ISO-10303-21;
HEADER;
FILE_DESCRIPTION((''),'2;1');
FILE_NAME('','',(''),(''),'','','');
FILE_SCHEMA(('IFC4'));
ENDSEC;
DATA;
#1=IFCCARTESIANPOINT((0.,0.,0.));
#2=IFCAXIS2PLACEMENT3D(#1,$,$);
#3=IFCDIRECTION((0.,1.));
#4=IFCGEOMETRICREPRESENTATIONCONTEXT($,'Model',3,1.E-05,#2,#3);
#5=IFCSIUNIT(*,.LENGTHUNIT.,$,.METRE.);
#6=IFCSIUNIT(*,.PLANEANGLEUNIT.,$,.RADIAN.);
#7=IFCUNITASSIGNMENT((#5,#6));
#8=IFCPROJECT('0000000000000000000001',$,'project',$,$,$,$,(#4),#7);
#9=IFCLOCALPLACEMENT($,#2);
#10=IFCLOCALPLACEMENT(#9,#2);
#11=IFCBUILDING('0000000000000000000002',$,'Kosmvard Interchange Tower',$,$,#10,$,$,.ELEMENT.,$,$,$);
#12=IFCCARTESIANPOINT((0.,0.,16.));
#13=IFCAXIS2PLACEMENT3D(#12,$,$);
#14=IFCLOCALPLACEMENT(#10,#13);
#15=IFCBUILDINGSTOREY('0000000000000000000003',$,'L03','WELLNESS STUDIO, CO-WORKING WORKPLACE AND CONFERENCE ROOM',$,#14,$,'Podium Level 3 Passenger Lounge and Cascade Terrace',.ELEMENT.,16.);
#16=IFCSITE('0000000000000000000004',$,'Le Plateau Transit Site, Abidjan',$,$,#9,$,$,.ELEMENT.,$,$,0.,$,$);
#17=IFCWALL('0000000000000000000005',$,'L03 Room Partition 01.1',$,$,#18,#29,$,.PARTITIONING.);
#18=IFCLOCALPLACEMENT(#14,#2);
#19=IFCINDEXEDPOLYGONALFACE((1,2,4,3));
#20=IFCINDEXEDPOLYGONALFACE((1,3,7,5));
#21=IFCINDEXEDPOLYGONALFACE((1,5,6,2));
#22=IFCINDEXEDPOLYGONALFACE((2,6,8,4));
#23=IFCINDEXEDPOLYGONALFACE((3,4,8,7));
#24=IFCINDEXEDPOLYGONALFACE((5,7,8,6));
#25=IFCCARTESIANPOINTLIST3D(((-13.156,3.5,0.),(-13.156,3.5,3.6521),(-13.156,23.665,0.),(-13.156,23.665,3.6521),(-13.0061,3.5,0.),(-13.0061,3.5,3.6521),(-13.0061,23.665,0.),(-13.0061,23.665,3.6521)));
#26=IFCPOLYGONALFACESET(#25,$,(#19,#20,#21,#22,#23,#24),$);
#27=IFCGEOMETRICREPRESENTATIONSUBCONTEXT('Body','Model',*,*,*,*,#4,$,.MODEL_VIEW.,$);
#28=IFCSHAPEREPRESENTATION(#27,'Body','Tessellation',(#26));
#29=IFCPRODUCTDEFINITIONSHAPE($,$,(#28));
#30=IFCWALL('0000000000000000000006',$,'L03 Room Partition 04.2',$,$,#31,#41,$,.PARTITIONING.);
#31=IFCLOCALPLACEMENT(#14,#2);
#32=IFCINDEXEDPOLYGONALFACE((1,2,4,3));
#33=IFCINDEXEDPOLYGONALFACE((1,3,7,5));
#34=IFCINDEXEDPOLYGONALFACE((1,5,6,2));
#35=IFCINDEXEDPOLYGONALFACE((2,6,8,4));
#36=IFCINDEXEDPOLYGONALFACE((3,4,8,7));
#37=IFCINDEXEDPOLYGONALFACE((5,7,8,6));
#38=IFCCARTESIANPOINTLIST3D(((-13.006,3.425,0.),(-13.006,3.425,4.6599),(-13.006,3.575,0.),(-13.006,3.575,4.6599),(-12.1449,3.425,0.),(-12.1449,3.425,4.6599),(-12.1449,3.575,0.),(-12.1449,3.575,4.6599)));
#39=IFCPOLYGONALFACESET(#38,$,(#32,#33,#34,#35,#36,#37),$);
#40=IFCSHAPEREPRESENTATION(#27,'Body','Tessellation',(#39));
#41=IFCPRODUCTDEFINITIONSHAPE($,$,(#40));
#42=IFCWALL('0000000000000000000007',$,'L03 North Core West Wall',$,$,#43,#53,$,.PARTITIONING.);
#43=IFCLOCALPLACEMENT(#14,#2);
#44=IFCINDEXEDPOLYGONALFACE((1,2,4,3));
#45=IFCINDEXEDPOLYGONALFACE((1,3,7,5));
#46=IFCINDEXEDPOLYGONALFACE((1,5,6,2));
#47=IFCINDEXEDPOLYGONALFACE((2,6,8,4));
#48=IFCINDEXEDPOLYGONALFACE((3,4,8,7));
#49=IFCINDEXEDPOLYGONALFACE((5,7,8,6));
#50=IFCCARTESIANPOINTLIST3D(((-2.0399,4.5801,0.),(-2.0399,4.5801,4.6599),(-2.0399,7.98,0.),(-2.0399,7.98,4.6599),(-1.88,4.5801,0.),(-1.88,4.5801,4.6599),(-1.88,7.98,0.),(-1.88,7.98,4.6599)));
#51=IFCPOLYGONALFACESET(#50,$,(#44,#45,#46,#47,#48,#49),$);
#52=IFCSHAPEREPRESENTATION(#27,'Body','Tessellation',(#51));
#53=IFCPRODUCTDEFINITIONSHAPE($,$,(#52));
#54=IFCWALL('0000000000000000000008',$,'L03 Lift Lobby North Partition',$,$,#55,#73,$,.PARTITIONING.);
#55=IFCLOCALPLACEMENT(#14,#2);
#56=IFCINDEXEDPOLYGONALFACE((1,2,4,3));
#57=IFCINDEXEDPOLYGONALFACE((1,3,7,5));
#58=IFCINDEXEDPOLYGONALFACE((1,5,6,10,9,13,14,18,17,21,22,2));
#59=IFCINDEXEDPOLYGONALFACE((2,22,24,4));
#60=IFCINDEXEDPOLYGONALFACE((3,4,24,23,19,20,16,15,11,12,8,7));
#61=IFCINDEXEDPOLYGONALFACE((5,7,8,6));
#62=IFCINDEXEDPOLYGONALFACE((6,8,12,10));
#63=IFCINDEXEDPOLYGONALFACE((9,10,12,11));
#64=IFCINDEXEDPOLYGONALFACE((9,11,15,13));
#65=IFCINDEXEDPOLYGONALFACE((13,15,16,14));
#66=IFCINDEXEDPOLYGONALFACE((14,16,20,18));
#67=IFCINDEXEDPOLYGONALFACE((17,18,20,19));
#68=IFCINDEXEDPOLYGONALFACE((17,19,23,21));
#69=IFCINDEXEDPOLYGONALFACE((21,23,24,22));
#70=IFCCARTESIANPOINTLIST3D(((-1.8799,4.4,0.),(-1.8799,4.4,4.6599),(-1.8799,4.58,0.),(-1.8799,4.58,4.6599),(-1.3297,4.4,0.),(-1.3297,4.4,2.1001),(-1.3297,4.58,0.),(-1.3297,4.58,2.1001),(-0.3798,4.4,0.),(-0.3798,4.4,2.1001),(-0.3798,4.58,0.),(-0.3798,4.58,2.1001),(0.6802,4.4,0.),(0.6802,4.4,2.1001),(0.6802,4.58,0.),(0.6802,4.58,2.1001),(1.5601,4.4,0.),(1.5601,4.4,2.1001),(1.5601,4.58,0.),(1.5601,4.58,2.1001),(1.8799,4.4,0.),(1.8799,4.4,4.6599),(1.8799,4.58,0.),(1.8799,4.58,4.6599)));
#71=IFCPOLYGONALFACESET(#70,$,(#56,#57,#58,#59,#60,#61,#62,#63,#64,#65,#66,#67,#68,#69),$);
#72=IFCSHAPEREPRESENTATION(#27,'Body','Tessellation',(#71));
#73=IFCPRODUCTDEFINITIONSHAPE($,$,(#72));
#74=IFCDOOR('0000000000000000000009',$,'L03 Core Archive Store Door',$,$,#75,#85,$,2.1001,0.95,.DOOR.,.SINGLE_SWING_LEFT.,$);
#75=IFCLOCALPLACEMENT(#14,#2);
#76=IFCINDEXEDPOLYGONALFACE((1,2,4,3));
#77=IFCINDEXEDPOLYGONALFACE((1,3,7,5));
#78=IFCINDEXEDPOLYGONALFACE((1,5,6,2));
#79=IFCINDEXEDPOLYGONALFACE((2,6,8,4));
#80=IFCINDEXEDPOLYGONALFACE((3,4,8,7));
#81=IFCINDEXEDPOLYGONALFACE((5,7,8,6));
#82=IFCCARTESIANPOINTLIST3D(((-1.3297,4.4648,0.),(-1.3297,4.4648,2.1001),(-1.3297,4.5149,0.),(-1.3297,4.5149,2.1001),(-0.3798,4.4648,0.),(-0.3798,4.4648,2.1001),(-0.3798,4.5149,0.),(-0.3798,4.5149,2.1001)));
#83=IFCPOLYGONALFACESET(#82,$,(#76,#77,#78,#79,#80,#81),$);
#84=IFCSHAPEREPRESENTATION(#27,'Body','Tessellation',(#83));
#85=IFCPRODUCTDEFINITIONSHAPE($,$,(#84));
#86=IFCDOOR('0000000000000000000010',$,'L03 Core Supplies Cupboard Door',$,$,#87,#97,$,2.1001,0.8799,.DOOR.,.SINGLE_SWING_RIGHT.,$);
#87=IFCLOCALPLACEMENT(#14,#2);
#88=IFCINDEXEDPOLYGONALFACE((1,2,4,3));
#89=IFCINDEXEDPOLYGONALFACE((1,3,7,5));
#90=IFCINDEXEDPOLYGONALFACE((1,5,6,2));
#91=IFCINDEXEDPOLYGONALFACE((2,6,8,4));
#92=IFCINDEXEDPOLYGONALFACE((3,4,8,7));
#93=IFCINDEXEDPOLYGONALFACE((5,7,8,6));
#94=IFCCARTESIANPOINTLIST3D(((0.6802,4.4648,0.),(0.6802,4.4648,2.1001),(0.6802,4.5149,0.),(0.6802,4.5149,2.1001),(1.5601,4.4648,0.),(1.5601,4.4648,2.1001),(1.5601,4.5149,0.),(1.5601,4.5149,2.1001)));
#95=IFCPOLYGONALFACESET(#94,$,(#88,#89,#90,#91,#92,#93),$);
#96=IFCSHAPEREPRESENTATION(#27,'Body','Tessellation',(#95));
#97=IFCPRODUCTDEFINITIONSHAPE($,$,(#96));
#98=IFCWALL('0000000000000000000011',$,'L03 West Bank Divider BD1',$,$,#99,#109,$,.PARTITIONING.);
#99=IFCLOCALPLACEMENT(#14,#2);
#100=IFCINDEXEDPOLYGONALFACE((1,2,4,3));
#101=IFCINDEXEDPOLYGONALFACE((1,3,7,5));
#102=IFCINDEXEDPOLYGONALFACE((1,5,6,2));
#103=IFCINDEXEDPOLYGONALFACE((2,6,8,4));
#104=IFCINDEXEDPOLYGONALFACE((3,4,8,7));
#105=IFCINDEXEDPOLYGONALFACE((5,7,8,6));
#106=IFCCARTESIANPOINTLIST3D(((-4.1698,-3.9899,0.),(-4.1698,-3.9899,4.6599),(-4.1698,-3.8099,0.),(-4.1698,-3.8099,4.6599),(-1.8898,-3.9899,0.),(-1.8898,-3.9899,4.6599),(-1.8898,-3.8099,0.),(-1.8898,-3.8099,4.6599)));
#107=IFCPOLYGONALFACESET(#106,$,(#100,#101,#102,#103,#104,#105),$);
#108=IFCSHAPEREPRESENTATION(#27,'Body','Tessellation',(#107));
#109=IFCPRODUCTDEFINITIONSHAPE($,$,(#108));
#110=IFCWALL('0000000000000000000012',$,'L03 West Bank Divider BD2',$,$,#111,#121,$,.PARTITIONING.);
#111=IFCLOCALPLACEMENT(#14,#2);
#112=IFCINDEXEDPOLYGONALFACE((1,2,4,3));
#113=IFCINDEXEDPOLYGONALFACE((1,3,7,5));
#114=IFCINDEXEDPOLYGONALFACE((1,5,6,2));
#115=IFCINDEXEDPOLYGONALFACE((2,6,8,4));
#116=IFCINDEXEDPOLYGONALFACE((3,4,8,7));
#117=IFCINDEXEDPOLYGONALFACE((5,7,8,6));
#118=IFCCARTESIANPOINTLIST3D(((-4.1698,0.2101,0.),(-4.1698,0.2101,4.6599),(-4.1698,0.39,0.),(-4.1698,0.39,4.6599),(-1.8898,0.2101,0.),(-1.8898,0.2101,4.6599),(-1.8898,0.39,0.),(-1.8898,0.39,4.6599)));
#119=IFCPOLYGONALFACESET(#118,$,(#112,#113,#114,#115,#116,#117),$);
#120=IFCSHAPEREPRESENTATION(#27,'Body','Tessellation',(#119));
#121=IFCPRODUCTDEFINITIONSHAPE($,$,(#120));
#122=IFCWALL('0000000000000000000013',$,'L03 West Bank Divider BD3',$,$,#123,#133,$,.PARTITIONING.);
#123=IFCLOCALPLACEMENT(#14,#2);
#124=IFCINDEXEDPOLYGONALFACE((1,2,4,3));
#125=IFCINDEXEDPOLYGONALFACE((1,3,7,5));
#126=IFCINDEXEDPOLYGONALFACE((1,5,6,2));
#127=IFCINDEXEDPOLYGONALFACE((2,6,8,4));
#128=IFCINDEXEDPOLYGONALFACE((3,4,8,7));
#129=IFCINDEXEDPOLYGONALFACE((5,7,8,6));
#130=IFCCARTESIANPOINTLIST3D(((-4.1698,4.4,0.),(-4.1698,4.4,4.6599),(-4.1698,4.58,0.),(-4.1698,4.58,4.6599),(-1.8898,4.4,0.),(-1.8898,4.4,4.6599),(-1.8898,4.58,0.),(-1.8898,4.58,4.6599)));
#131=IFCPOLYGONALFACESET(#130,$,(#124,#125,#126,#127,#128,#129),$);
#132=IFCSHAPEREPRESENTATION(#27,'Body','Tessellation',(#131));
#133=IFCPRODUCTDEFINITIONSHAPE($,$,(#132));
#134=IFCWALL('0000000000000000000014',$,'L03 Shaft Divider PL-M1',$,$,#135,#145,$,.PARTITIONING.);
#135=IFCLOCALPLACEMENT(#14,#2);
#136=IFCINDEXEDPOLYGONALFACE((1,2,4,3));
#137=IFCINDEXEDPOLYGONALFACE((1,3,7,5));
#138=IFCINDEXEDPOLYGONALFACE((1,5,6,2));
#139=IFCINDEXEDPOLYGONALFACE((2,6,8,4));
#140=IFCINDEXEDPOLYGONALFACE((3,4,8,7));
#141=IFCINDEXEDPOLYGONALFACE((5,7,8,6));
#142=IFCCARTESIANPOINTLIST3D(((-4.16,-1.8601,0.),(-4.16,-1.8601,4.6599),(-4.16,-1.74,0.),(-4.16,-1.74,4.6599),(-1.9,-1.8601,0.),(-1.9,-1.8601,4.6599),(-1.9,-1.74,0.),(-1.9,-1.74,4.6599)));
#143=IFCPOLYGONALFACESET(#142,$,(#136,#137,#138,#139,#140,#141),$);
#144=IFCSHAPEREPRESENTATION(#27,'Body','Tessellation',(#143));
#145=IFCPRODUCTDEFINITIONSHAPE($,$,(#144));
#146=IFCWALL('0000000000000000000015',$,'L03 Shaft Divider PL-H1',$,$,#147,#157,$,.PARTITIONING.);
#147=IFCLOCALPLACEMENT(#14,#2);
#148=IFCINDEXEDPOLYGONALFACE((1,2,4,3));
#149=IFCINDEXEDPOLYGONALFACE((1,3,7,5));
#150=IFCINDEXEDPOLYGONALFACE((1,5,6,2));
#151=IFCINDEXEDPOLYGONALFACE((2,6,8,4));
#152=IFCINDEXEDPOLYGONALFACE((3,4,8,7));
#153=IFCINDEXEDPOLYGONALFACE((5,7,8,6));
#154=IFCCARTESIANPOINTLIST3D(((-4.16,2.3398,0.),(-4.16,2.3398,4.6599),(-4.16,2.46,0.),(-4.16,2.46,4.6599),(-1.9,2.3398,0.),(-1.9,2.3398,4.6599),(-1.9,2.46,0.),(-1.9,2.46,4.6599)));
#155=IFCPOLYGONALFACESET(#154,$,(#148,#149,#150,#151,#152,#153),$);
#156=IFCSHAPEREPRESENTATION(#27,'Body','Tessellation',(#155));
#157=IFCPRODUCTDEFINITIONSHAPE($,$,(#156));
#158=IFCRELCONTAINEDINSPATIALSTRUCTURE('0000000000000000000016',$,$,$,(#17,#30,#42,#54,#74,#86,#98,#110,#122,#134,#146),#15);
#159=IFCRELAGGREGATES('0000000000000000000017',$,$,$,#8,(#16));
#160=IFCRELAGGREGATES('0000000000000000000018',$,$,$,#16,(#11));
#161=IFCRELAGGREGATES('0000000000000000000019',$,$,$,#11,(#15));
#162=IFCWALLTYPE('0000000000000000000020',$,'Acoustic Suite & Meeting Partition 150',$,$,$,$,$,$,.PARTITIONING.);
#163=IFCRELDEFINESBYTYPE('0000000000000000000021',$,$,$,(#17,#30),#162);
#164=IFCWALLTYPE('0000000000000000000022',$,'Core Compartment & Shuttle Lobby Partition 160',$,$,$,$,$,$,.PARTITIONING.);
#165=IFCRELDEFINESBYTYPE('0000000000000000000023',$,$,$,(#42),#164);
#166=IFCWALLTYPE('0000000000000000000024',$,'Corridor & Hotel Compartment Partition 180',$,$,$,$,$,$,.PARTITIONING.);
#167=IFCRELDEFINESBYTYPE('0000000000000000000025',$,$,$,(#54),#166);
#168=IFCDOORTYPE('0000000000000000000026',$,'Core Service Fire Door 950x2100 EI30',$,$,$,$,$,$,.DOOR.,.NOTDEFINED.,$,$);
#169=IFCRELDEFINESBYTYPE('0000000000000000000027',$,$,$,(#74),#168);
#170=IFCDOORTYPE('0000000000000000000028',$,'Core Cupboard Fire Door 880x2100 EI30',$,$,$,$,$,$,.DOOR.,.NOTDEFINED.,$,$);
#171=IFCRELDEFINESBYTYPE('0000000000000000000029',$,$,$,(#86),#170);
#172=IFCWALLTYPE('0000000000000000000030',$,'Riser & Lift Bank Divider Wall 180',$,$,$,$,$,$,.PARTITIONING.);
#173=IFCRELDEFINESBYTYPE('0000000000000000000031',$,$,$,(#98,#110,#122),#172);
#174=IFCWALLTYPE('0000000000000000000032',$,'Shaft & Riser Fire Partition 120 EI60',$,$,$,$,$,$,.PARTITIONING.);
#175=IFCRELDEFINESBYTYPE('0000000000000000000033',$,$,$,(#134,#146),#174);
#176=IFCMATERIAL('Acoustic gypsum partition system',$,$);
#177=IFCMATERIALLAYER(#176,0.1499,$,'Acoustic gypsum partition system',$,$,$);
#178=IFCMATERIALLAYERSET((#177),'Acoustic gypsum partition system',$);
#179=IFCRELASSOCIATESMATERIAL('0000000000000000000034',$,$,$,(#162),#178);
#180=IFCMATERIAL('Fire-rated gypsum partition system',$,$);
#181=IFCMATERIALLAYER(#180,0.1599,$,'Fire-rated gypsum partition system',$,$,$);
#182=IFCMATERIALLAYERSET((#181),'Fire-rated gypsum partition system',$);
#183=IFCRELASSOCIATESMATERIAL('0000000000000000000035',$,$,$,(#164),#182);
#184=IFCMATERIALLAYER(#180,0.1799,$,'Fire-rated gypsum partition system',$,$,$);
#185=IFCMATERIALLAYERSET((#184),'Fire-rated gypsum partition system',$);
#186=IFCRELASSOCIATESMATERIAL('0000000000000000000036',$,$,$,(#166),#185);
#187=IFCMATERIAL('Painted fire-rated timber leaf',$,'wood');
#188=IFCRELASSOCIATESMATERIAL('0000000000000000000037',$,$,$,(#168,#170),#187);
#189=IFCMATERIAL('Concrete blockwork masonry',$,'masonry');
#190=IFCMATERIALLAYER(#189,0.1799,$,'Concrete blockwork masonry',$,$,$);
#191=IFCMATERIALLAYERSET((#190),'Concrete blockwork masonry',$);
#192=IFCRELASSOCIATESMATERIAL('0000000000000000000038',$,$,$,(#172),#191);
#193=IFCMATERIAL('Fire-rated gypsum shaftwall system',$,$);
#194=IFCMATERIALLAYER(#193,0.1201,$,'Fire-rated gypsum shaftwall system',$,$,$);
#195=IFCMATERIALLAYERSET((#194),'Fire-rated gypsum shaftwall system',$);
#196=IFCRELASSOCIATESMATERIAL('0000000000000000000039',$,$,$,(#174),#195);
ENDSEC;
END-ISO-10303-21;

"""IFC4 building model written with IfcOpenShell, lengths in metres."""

from ifc_helpers import new_model, si_unit, direction, frame, frame_2d, origin, place, context, subcontext, project, spatial, rectangle, extrude, source, transform, mapped, material, layer, layer_set, type_object, element, fill, save


model = new_model("IFC4")

# Units and contexts
model_context = context("Model", 3, precision=1e-05, world=origin(), true_north=direction((0.0, 1.0)))
body_context = subcontext(model_context, "Body", "Model", "MODEL_VIEW")
ifc_project = project(units=[si_unit("LENGTHUNIT", "METRE"), si_unit("PLANEANGLEUNIT", "RADIAN")], contexts=[model_context])

# Site, building, storey
site_placement = place(None, origin())
site = spatial("IfcSite", under=ifc_project, at=site_placement, Name="Le Plateau Transit Site, Abidjan", CompositionType="ELEMENT", RefElevation=0.0)
building_placement = place(site_placement, origin())
building = spatial("IfcBuilding", under=site, at=building_placement, Name="Kosmvard Interchange Tower", CompositionType="ELEMENT")
storey_placement = place(building_placement, frame((0.0, 0.0, 16.0)))
storey = spatial("IfcBuildingStorey", under=building, at=storey_placement, Name="L03", Description="WELLNESS STUDIO, CO-WORKING WORKPLACE AND CONFERENCE ROOM", LongName="Podium Level 3 Passenger Lounge and Cascade Terrace", CompositionType="ELEMENT", Elevation=16.0)

# Walls
ifc_material_1 = material(Name="Acoustic gypsum partition system")
ifc_layer_1 = layer(ifc_material_1, 0.1499, Name="Acoustic gypsum partition system")
ifc_layer_set_1 = layer_set([ifc_layer_1], Name="Acoustic gypsum partition system")
wall_type_1 = type_object("IfcWallType", Name="Acoustic Suite & Meeting Partition 150", PredefinedType="PARTITIONING", material=ifc_layer_set_1)
wall_1_placement = place(storey_placement, frame((-13.0811, 3.5, 0.0), z_axis=(0.0, 0.0, 1.0), x_axis=(0.0, 1.0, 0.0)))
element("IfcWall", 1, at=wall_1_placement, inside=storey, type_object=wall_type_1, Name="L03 Room Partition 01.1", PredefinedType="PARTITIONING", context=body_context, shape_type="SweptSolid", body=[
    extrude(rectangle(XDim=20.165, YDim=0.1499, at=frame_2d((10.0825, 0.0))), origin(), (0.0, 0.0, 1.0), 3.6521),
])
wall_2_placement = place(storey_placement, frame((-13.0061, 3.5, 0.0), z_axis=(0.0, 0.0, 1.0), x_axis=(1.0, 0.0, 0.0)))
element("IfcWall", 2, at=wall_2_placement, inside=storey, type_object=wall_type_1, Name="L03 Room Partition 04.2", PredefinedType="PARTITIONING", context=body_context, shape_type="SweptSolid", body=[
    extrude(rectangle(XDim=0.8611, YDim=0.1499, at=frame_2d((0.4307, 0.0))), origin(), (0.0, 0.0, 1.0), 4.6599),
])
ifc_material_2 = material(Name="Fire-rated gypsum partition system")
ifc_layer_2 = layer(ifc_material_2, 0.1599, Name="Fire-rated gypsum partition system")
ifc_layer_set_2 = layer_set([ifc_layer_2], Name="Fire-rated gypsum partition system")
wall_type_2 = type_object("IfcWallType", Name="Core Compartment & Shuttle Lobby Partition 160", PredefinedType="PARTITIONING", material=ifc_layer_set_2)
wall_3_placement = place(storey_placement, frame((-1.96, 4.5801, 0.0), z_axis=(0.0, 0.0, 1.0), x_axis=(0.0, 1.0, 0.0)))
element("IfcWall", 3, at=wall_3_placement, inside=storey, type_object=wall_type_2, Name="L03 North Core West Wall", PredefinedType="PARTITIONING", context=body_context, shape_type="SweptSolid", body=[
    extrude(rectangle(XDim=3.3999, YDim=0.1599, at=frame_2d((1.7, 0.0))), origin(), (0.0, 0.0, 1.0), 4.6599),
])

# Wall, openings, doors
ifc_layer_3 = layer(ifc_material_2, 0.1799, Name="Fire-rated gypsum partition system")
ifc_layer_set_3 = layer_set([ifc_layer_3], Name="Fire-rated gypsum partition system")
wall_type_3 = type_object("IfcWallType", Name="Corridor & Hotel Compartment Partition 180", PredefinedType="PARTITIONING", material=ifc_layer_set_3)
wall_4_placement = place(storey_placement, frame((-1.8799, 4.49, 0.0), z_axis=(0.0, 0.0, 1.0), x_axis=(1.0, 0.0, 0.0)))
wall_4 = element("IfcWall", 4, at=wall_4_placement, inside=storey, type_object=wall_type_3, Name="L03 Lift Lobby North Partition", PredefinedType="PARTITIONING", context=body_context, shape_type="SweptSolid", body=[
    extrude(rectangle(XDim=3.7598, YDim=0.1799, at=frame_2d((1.8799, 0.0))), origin(), (0.0, 0.0, 1.0), 4.6599),
])
opening_1_placement = place(wall_4_placement, frame((0.55, 0.0, 0.0)))
opening_1 = element("IfcOpeningElement", 5, at=opening_1_placement, cuts=wall_4, PredefinedType="OPENING", context=body_context, shape_type="SweptSolid", body=[
    extrude(rectangle(XDim=0.95, YDim=2.1001, at=frame_2d((0.4751, 1.05))), frame((0.0, 0.1001, 0.0), z_axis=(0.0, -1.0, 0.0), x_axis=(1.0, 0.0, 0.0)), (0.0, 0.0, 1.0), 0.2),
])
opening_2_placement = place(wall_4_placement, frame((2.5601, 0.0, 0.0)))
opening_2 = element("IfcOpeningElement", 6, at=opening_2_placement, cuts=wall_4, PredefinedType="OPENING", context=body_context, shape_type="SweptSolid", body=[
    extrude(rectangle(XDim=0.8799, YDim=2.1001, at=frame_2d((0.4399, 1.05))), frame((0.0, 0.1001, 0.0), z_axis=(0.0, -1.0, 0.0), x_axis=(1.0, 0.0, 0.0)), (0.0, 0.0, 1.0), 0.2),
])
ifc_material_3 = material(Name="Painted fire-rated timber leaf", Category="wood")
door_type_1 = type_object("IfcDoorType", Name="Core Service Fire Door 950x2100 EI30", OperationType="NOTDEFINED", PredefinedType="DOOR", material=ifc_material_3)
shared_shape_1 = source(origin(), body_context, "Body", "SweptSolid", [
    extrude(rectangle(XDim=0.95, YDim=2.1001, at=frame_2d((0.4751, 1.05))), frame((0.0, 0.0249, 0.0), z_axis=(0.0, -1.0, 0.0), x_axis=(1.0, 0.0, 0.0)), (0.0, 0.0, 1.0), 0.05),
])
door_1_placement = place(opening_1_placement, origin())
door_1 = element("IfcDoor", 7, at=door_1_placement, inside=storey, type_object=door_type_1, Name="L03 Core Archive Store Door", OperationType="SINGLE_SWING_LEFT", OverallHeight=2.1001, OverallWidth=0.95, PredefinedType="DOOR", context=body_context, shape_type="MappedRepresentation", body=[
    mapped(shared_shape_1, transform((0.0, 0.0, 0.0), scale=1.0)),
])
fill(opening_1, door_1)
door_type_2 = type_object("IfcDoorType", Name="Core Cupboard Fire Door 880x2100 EI30", OperationType="NOTDEFINED", PredefinedType="DOOR", material=ifc_material_3)
shared_shape_2 = source(origin(), body_context, "Body", "SweptSolid", [
    extrude(rectangle(XDim=0.8799, YDim=2.1001, at=frame_2d((0.4399, 1.05))), frame((0.0, 0.0249, 0.0), z_axis=(0.0, -1.0, 0.0), x_axis=(1.0, 0.0, 0.0)), (0.0, 0.0, 1.0), 0.05),
])
door_2_placement = place(opening_2_placement, origin())
door_2 = element("IfcDoor", 8, at=door_2_placement, inside=storey, type_object=door_type_2, Name="L03 Core Supplies Cupboard Door", OperationType="SINGLE_SWING_RIGHT", OverallHeight=2.1001, OverallWidth=0.8799, PredefinedType="DOOR", context=body_context, shape_type="MappedRepresentation", body=[
    mapped(shared_shape_2, transform((0.0, 0.0, 0.0), scale=1.0)),
])
fill(opening_2, door_2)

# Walls
ifc_material_4 = material(Name="Concrete blockwork masonry", Category="masonry")
ifc_layer_4 = layer(ifc_material_4, 0.1799, Name="Concrete blockwork masonry")
ifc_layer_set_4 = layer_set([ifc_layer_4], Name="Concrete blockwork masonry")
wall_type_4 = type_object("IfcWallType", Name="Riser & Lift Bank Divider Wall 180", PredefinedType="PARTITIONING", material=ifc_layer_set_4)
for number, where, z_axis, x_axis, name in (
    (9, (-4.1699, -3.8999, 0.0), (0.0, 0.0, 1.0), (1.0, 0.0, 0.0), "L03 West Bank Divider BD1"),
    (10, (-4.1699, 0.3, 0.0), (0.0, 0.0, 1.0), (1.0, 0.0, 0.0), "L03 West Bank Divider BD2"),
    (11, (-4.1699, 4.49, 0.0), (0.0, 0.0, 1.0), (1.0, 0.0, 0.0), "L03 West Bank Divider BD3"),
):
    element("IfcWall", number, at=place(storey_placement, frame(where, z_axis=z_axis, x_axis=x_axis)), inside=storey, type_object=wall_type_4, Name=name, PredefinedType="PARTITIONING", context=body_context, shape_type="SweptSolid", body=[
        extrude(rectangle(XDim=2.28, YDim=0.1799, at=frame_2d((1.1401, 0.0))), origin(), (0.0, 0.0, 1.0), 4.6599),
    ])
ifc_material_5 = material(Name="Fire-rated gypsum shaftwall system")
ifc_layer_5 = layer(ifc_material_5, 0.1201, Name="Fire-rated gypsum shaftwall system")
ifc_layer_set_5 = layer_set([ifc_layer_5], Name="Fire-rated gypsum shaftwall system")
wall_type_5 = type_object("IfcWallType", Name="Shaft & Riser Fire Partition 120 EI60", PredefinedType="PARTITIONING", material=ifc_layer_set_5)
for number, where, z_axis, x_axis, name in (
    (12, (-4.1599, -1.8, 0.0), (0.0, 0.0, 1.0), (1.0, 0.0, 0.0), "L03 Shaft Divider PL-M1"),
    (13, (-4.1599, 2.3999, 0.0), (0.0, 0.0, 1.0), (1.0, 0.0, 0.0), "L03 Shaft Divider PL-H1"),
):
    element("IfcWall", number, at=place(storey_placement, frame(where, z_axis=z_axis, x_axis=x_axis)), inside=storey, type_object=wall_type_5, Name=name, PredefinedType="PARTITIONING", context=body_context, shape_type="SweptSolid", body=[
        extrude(rectangle(XDim=2.26, YDim=0.1201, at=frame_2d((1.1299, 0.0))), origin(), (0.0, 0.0, 1.0), 4.6599),
    ])

save(model, "model.ifc")
